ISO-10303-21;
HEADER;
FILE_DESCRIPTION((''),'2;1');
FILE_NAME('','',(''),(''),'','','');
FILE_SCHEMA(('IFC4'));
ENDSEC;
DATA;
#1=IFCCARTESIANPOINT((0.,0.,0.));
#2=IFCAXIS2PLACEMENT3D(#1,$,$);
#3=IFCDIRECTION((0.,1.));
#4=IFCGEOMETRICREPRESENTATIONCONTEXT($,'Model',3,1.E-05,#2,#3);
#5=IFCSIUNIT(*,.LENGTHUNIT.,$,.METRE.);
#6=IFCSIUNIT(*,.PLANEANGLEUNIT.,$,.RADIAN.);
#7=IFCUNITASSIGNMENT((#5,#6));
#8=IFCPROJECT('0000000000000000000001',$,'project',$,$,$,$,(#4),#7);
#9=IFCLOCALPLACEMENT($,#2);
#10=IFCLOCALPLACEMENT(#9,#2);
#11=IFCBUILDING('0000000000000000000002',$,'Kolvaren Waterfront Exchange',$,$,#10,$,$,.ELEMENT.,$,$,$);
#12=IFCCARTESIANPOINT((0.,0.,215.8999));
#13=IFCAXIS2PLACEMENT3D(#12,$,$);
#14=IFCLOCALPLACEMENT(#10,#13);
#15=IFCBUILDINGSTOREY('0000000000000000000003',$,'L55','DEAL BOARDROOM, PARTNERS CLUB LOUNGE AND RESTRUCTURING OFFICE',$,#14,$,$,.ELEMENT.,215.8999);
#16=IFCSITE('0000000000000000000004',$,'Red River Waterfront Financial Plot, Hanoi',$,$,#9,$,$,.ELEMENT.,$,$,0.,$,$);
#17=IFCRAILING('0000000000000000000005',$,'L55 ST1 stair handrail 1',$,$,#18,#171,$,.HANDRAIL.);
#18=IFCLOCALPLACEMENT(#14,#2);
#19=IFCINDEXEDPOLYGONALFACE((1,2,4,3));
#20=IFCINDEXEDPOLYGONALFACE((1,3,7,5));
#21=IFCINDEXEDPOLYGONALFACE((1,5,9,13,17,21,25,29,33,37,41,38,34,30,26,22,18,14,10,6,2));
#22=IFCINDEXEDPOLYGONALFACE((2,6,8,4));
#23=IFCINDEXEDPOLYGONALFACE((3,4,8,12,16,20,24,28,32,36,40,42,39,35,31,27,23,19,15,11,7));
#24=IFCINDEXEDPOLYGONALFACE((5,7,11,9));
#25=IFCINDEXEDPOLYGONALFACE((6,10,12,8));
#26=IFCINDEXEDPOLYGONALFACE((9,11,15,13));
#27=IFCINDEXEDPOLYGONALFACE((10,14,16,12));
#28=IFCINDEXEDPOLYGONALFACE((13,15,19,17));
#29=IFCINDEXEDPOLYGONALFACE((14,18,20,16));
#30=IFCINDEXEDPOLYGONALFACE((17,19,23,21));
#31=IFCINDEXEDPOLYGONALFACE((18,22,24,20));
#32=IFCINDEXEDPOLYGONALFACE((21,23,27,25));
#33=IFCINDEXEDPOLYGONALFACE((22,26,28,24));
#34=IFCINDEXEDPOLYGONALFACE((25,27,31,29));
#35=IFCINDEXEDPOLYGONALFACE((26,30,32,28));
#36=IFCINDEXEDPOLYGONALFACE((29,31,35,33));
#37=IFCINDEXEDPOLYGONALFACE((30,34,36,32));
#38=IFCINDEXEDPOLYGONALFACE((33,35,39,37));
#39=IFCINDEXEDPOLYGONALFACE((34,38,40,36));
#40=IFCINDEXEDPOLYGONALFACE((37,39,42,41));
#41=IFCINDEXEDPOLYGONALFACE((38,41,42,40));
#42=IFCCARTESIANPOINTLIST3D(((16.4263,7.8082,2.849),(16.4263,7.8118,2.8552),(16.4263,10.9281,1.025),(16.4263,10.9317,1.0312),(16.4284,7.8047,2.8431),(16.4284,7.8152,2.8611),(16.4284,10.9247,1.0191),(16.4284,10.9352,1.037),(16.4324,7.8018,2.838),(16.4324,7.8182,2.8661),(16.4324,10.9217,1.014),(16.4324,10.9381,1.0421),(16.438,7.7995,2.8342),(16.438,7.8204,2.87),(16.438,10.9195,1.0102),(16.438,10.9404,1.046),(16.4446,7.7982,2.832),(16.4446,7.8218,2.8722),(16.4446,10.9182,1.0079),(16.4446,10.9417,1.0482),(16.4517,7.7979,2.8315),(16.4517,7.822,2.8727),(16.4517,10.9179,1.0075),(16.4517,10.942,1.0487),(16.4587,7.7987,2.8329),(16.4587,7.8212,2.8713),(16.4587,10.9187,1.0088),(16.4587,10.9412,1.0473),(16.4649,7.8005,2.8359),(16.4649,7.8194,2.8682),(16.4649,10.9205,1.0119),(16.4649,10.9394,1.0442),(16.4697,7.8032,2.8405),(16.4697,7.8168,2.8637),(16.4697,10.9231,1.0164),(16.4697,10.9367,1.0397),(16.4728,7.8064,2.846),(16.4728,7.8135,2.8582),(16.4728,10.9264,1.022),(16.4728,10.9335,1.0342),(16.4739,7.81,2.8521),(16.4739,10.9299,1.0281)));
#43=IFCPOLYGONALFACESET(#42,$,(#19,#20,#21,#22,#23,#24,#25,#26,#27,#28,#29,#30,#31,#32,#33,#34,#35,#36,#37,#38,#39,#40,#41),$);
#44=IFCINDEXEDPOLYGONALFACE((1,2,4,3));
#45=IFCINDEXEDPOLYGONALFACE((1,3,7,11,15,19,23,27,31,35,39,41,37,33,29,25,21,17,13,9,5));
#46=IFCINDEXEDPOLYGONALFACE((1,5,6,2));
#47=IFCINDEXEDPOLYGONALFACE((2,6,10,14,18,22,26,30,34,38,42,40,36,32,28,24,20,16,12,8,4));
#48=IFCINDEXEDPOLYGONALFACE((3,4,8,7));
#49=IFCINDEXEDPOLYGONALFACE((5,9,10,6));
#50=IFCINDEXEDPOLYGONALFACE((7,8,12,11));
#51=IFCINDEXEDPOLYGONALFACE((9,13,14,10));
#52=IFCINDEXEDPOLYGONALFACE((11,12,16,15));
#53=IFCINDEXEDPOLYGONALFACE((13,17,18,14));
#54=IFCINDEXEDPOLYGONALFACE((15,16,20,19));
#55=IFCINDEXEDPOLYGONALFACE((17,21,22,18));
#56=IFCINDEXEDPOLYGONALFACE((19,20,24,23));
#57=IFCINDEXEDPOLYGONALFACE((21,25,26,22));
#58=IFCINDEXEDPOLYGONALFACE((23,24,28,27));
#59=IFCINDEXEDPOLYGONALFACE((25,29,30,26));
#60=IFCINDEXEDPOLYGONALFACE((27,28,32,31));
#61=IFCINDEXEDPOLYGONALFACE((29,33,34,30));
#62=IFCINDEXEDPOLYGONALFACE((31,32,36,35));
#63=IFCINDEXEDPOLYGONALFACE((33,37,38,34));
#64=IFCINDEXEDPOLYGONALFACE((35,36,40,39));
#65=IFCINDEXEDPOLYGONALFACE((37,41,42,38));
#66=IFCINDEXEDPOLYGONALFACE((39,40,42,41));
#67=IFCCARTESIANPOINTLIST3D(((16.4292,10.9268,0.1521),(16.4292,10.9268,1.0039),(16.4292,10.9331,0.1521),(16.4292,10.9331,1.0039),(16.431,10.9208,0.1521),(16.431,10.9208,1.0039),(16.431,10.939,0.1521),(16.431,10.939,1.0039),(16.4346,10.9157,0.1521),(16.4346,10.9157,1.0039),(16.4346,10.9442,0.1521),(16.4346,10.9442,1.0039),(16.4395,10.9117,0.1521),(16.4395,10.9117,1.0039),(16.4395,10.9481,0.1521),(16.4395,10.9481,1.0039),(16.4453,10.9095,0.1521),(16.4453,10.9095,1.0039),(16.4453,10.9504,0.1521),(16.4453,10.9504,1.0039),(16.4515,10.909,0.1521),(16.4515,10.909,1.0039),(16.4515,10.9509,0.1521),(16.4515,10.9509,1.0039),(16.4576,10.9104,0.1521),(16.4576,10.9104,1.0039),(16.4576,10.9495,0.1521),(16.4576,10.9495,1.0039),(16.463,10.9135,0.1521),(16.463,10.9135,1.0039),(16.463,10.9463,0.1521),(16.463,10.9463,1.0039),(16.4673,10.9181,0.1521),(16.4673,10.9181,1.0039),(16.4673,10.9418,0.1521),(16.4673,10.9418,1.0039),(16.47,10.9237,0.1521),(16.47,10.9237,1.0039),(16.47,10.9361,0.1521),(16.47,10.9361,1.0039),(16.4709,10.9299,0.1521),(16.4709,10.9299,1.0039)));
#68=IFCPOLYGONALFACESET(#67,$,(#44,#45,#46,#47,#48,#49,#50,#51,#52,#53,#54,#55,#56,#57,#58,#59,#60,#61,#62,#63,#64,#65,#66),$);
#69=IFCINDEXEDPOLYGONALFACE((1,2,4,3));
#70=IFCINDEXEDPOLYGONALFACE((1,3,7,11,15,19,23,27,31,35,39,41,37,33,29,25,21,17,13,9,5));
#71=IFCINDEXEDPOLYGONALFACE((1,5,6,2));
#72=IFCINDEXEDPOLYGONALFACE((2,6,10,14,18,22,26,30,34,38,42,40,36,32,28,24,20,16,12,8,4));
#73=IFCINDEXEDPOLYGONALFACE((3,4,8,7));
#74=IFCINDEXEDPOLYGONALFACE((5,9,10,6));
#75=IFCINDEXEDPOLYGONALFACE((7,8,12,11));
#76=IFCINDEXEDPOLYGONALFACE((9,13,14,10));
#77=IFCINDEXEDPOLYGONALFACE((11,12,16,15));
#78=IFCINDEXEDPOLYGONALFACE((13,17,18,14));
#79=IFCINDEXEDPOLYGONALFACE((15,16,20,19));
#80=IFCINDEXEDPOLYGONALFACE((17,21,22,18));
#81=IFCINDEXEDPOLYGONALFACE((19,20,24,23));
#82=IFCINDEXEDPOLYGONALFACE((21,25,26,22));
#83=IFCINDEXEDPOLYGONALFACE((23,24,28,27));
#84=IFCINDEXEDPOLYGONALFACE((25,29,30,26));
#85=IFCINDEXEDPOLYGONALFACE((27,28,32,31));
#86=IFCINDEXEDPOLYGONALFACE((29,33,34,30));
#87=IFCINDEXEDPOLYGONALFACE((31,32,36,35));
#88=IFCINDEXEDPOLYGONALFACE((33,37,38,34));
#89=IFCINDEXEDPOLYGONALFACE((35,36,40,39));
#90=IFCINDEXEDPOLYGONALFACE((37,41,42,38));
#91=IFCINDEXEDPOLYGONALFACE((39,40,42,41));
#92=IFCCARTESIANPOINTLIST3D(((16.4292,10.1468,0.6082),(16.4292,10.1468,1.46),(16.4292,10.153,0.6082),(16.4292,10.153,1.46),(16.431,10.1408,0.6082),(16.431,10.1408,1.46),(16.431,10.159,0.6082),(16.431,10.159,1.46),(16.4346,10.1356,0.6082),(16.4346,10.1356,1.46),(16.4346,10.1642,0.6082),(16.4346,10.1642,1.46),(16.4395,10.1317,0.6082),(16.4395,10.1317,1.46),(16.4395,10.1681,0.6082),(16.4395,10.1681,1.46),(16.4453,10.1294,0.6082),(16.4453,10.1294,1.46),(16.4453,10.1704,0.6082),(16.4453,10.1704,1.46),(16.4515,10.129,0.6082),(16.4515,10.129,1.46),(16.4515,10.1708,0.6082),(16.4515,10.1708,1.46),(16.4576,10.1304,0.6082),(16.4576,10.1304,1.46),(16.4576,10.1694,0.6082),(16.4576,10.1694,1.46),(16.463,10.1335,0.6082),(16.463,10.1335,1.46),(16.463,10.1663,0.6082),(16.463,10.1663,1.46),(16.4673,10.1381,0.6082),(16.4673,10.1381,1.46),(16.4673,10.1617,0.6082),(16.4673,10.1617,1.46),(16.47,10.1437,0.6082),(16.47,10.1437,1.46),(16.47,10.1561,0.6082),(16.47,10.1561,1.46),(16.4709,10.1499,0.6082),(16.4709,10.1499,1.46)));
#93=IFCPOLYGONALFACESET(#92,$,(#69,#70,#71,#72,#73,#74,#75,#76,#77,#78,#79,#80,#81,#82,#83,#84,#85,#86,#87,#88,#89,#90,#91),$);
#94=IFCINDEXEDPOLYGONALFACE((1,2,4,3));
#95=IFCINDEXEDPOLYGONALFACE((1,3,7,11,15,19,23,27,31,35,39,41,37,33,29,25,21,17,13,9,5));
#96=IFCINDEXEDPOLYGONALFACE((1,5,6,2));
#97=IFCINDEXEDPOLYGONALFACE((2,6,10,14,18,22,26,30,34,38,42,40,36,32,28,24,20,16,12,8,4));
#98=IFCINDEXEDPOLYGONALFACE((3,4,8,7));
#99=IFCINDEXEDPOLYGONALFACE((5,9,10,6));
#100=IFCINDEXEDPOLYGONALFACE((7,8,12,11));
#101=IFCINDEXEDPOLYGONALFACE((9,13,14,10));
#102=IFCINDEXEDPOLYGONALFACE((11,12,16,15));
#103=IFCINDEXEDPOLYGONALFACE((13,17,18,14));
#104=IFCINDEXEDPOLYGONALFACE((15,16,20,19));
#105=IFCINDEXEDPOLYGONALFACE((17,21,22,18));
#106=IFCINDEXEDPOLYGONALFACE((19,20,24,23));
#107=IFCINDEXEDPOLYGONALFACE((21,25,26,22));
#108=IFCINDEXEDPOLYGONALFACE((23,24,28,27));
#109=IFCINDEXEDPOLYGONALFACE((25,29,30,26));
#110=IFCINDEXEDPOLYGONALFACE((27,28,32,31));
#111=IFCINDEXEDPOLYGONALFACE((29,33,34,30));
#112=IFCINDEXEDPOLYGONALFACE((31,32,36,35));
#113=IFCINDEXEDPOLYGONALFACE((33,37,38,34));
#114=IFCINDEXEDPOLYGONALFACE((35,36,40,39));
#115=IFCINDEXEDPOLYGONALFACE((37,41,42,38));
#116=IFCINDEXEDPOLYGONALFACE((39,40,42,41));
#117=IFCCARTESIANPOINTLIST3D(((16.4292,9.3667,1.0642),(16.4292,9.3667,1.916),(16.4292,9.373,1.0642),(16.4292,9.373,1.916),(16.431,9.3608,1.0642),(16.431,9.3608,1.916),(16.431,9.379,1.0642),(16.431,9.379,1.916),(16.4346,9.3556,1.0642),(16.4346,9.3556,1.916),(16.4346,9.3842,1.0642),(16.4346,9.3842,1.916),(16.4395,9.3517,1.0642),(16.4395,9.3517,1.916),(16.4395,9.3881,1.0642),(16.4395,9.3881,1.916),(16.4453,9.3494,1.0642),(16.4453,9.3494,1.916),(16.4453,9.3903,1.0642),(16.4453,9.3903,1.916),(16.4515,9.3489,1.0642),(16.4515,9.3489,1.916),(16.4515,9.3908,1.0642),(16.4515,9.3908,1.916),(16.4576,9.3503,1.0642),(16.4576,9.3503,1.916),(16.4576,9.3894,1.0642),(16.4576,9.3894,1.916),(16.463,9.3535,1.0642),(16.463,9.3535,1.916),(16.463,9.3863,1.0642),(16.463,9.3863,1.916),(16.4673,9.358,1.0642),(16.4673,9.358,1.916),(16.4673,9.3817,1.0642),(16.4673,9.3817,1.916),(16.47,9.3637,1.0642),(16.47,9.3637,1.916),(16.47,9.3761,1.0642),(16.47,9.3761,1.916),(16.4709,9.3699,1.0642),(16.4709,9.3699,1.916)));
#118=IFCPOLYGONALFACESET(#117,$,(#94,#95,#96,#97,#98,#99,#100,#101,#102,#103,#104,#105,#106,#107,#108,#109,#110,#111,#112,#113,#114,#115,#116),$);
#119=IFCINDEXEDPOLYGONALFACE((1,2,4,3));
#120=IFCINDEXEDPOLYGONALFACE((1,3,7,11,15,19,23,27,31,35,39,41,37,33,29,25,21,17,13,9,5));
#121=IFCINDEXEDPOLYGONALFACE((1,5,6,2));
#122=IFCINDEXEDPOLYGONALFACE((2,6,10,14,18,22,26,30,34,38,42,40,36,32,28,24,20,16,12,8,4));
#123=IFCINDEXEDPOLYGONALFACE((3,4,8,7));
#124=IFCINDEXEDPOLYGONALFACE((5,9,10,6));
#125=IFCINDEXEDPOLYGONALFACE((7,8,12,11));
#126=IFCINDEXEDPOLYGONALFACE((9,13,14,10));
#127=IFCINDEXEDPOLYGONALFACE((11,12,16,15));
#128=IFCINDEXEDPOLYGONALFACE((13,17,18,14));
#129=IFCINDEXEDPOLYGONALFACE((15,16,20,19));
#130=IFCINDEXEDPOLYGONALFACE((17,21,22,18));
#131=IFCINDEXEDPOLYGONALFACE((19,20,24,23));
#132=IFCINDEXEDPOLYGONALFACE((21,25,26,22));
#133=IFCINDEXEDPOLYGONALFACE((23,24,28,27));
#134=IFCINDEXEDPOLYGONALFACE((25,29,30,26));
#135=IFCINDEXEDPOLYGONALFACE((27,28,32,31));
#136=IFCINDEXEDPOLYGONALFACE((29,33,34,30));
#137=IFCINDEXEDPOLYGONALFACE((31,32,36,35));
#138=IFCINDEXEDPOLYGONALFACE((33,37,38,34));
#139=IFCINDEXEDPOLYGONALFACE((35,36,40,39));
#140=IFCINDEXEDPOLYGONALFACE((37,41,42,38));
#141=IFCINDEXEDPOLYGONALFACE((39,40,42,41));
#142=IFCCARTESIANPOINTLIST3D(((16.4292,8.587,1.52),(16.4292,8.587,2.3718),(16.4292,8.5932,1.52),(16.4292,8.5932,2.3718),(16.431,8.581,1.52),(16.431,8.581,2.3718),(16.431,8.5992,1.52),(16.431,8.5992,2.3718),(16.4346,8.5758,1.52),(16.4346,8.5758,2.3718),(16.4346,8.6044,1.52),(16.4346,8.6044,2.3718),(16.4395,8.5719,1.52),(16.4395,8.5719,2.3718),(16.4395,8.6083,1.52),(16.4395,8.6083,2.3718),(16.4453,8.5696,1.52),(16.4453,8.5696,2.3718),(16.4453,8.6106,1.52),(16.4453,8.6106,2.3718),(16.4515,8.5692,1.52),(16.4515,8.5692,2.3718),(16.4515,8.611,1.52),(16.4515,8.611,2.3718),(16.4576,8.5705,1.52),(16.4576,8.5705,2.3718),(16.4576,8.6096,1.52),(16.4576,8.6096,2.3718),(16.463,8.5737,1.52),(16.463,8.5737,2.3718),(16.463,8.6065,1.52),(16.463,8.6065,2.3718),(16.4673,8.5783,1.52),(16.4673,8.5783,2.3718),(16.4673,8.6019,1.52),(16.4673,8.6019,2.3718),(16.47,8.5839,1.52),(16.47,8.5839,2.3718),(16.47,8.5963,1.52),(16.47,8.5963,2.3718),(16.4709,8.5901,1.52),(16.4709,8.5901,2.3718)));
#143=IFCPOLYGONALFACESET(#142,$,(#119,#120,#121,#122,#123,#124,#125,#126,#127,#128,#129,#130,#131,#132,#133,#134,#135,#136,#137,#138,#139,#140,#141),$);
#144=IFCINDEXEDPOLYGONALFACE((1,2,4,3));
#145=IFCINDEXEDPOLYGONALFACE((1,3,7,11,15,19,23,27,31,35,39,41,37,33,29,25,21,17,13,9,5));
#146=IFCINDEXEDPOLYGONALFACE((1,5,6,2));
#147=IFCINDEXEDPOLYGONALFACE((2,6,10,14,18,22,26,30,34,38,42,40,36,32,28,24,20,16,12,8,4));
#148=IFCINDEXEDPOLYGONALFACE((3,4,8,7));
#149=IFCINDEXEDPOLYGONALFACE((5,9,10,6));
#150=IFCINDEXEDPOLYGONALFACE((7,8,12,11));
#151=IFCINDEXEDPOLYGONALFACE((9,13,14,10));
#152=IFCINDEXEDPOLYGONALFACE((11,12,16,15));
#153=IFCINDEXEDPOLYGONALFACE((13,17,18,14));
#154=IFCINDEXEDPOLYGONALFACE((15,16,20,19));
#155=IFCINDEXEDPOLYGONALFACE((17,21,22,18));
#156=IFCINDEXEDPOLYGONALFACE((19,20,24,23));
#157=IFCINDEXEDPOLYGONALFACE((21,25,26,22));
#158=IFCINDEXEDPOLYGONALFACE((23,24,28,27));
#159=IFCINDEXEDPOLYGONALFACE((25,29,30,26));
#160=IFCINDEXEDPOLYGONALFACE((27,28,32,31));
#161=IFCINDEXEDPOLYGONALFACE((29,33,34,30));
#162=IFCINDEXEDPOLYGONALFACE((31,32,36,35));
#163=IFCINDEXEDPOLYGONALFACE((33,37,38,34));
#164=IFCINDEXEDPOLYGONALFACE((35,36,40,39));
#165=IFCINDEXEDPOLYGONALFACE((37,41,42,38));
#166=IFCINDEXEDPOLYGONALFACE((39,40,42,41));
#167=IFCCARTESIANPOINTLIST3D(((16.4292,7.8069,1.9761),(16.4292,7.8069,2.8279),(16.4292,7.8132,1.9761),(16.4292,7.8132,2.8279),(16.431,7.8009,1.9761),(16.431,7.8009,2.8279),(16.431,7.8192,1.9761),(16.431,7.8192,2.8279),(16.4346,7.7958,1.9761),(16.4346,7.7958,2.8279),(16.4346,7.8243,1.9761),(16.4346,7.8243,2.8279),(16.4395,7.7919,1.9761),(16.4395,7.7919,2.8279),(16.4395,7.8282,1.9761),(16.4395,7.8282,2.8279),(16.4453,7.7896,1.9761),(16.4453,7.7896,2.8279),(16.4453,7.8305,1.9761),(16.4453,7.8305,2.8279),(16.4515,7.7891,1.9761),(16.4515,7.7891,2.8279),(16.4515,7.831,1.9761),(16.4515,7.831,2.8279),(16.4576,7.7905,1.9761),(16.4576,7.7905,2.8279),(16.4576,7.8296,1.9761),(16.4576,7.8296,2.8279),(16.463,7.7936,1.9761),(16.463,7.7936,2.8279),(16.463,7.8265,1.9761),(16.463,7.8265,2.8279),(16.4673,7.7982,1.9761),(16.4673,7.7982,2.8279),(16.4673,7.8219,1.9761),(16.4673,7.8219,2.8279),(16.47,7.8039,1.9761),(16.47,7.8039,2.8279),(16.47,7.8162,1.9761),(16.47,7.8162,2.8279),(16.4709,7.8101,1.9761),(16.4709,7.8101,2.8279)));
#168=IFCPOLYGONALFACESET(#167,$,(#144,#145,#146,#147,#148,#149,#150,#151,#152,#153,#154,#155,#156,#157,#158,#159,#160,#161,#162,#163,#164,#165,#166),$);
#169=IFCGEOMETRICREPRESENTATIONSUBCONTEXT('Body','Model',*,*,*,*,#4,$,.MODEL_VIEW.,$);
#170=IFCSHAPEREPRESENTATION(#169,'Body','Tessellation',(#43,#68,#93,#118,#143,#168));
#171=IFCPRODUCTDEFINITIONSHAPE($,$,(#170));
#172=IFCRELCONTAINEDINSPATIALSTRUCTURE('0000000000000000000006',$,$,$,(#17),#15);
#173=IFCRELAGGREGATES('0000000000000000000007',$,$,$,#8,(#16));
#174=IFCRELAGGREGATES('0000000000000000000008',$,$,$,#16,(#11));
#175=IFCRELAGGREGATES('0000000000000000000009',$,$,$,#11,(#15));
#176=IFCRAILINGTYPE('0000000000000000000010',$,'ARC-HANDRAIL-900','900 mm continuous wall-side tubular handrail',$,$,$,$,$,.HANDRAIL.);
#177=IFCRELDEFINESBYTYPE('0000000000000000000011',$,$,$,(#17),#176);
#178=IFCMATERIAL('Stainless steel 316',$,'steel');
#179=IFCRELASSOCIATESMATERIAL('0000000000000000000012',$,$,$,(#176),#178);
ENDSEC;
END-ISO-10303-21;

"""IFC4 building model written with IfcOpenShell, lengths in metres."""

from ifc_helpers import new_model, si_unit, direction, frame, origin, origin_2d, place, context, subcontext, project, spatial, circle, extrude, material, type_object, element, save


model = new_model("IFC4")

# Units and contexts
model_context = context("Model", 3, precision=1e-05, world=origin(), true_north=direction((0.0, 1.0)))
body_context = subcontext(model_context, "Body", "Model", "MODEL_VIEW")
ifc_project = project(units=[si_unit("LENGTHUNIT", "METRE"), si_unit("PLANEANGLEUNIT", "RADIAN")], contexts=[model_context])

# Site, building, storey
site_placement = place(None, origin())
site = spatial("IfcSite", under=ifc_project, at=site_placement, Name="Red River Waterfront Financial Plot, Hanoi", CompositionType="ELEMENT", RefElevation=0.0)
building_placement = place(site_placement, origin())
building = spatial("IfcBuilding", under=site, at=building_placement, Name="Kolvaren Waterfront Exchange", CompositionType="ELEMENT")
storey_placement = place(building_placement, frame((0.0, 0.0, 215.8999)))
storey = spatial("IfcBuildingStorey", under=building, at=storey_placement, Name="L55", Description="DEAL BOARDROOM, PARTNERS CLUB LOUNGE AND RESTRUCTURING OFFICE", CompositionType="ELEMENT", Elevation=215.8999)

# Railing
ifc_material_1 = material(Name="Stainless steel 316", Category="steel")
railing_type = type_object("IfcRailingType", Name="ARC-HANDRAIL-900", Description="900 mm continuous wall-side tubular handrail", PredefinedType="HANDRAIL", material=ifc_material_1)
railing_placement = place(storey_placement, frame((16.45, 10.9299, 0.1521)))
element("IfcRailing", 1, at=railing_placement, inside=storey, type_object=railing_type, Name="L55 ST1 stair handrail 1", PredefinedType="HANDRAIL", context=body_context, shape_type="SweptSolid", body=[
    extrude(circle(Radius=0.0239, at=origin_2d()), frame((0.0, 0.0, 0.876), z_axis=(0.0, -0.863291, 0.504707), x_axis=(1.0, 0.0, 0.0)), (0.0, 0.0, 1.0), 3.614),
    extrude(circle(Radius=0.021, at=origin_2d()), origin(), (0.0, 0.0, 1.0), 0.8518),
    extrude(circle(Radius=0.021, at=origin_2d()), frame((0.0, -0.78, 0.4561)), (0.0, 0.0, 1.0), 0.8518),
    extrude(circle(Radius=0.021, at=origin_2d()), frame((0.0, -1.5601, 0.9121)), (0.0, 0.0, 1.0), 0.8518),
    extrude(circle(Radius=0.021, at=origin_2d()), frame((0.0, -2.3398, 1.3679)), (0.0, 0.0, 1.0), 0.8518),
    extrude(circle(Radius=0.021, at=origin_2d()), frame((0.0, -3.1199, 1.824)), (0.0, 0.0, 1.0), 0.8518),
])

save(model, "model.ifc")
